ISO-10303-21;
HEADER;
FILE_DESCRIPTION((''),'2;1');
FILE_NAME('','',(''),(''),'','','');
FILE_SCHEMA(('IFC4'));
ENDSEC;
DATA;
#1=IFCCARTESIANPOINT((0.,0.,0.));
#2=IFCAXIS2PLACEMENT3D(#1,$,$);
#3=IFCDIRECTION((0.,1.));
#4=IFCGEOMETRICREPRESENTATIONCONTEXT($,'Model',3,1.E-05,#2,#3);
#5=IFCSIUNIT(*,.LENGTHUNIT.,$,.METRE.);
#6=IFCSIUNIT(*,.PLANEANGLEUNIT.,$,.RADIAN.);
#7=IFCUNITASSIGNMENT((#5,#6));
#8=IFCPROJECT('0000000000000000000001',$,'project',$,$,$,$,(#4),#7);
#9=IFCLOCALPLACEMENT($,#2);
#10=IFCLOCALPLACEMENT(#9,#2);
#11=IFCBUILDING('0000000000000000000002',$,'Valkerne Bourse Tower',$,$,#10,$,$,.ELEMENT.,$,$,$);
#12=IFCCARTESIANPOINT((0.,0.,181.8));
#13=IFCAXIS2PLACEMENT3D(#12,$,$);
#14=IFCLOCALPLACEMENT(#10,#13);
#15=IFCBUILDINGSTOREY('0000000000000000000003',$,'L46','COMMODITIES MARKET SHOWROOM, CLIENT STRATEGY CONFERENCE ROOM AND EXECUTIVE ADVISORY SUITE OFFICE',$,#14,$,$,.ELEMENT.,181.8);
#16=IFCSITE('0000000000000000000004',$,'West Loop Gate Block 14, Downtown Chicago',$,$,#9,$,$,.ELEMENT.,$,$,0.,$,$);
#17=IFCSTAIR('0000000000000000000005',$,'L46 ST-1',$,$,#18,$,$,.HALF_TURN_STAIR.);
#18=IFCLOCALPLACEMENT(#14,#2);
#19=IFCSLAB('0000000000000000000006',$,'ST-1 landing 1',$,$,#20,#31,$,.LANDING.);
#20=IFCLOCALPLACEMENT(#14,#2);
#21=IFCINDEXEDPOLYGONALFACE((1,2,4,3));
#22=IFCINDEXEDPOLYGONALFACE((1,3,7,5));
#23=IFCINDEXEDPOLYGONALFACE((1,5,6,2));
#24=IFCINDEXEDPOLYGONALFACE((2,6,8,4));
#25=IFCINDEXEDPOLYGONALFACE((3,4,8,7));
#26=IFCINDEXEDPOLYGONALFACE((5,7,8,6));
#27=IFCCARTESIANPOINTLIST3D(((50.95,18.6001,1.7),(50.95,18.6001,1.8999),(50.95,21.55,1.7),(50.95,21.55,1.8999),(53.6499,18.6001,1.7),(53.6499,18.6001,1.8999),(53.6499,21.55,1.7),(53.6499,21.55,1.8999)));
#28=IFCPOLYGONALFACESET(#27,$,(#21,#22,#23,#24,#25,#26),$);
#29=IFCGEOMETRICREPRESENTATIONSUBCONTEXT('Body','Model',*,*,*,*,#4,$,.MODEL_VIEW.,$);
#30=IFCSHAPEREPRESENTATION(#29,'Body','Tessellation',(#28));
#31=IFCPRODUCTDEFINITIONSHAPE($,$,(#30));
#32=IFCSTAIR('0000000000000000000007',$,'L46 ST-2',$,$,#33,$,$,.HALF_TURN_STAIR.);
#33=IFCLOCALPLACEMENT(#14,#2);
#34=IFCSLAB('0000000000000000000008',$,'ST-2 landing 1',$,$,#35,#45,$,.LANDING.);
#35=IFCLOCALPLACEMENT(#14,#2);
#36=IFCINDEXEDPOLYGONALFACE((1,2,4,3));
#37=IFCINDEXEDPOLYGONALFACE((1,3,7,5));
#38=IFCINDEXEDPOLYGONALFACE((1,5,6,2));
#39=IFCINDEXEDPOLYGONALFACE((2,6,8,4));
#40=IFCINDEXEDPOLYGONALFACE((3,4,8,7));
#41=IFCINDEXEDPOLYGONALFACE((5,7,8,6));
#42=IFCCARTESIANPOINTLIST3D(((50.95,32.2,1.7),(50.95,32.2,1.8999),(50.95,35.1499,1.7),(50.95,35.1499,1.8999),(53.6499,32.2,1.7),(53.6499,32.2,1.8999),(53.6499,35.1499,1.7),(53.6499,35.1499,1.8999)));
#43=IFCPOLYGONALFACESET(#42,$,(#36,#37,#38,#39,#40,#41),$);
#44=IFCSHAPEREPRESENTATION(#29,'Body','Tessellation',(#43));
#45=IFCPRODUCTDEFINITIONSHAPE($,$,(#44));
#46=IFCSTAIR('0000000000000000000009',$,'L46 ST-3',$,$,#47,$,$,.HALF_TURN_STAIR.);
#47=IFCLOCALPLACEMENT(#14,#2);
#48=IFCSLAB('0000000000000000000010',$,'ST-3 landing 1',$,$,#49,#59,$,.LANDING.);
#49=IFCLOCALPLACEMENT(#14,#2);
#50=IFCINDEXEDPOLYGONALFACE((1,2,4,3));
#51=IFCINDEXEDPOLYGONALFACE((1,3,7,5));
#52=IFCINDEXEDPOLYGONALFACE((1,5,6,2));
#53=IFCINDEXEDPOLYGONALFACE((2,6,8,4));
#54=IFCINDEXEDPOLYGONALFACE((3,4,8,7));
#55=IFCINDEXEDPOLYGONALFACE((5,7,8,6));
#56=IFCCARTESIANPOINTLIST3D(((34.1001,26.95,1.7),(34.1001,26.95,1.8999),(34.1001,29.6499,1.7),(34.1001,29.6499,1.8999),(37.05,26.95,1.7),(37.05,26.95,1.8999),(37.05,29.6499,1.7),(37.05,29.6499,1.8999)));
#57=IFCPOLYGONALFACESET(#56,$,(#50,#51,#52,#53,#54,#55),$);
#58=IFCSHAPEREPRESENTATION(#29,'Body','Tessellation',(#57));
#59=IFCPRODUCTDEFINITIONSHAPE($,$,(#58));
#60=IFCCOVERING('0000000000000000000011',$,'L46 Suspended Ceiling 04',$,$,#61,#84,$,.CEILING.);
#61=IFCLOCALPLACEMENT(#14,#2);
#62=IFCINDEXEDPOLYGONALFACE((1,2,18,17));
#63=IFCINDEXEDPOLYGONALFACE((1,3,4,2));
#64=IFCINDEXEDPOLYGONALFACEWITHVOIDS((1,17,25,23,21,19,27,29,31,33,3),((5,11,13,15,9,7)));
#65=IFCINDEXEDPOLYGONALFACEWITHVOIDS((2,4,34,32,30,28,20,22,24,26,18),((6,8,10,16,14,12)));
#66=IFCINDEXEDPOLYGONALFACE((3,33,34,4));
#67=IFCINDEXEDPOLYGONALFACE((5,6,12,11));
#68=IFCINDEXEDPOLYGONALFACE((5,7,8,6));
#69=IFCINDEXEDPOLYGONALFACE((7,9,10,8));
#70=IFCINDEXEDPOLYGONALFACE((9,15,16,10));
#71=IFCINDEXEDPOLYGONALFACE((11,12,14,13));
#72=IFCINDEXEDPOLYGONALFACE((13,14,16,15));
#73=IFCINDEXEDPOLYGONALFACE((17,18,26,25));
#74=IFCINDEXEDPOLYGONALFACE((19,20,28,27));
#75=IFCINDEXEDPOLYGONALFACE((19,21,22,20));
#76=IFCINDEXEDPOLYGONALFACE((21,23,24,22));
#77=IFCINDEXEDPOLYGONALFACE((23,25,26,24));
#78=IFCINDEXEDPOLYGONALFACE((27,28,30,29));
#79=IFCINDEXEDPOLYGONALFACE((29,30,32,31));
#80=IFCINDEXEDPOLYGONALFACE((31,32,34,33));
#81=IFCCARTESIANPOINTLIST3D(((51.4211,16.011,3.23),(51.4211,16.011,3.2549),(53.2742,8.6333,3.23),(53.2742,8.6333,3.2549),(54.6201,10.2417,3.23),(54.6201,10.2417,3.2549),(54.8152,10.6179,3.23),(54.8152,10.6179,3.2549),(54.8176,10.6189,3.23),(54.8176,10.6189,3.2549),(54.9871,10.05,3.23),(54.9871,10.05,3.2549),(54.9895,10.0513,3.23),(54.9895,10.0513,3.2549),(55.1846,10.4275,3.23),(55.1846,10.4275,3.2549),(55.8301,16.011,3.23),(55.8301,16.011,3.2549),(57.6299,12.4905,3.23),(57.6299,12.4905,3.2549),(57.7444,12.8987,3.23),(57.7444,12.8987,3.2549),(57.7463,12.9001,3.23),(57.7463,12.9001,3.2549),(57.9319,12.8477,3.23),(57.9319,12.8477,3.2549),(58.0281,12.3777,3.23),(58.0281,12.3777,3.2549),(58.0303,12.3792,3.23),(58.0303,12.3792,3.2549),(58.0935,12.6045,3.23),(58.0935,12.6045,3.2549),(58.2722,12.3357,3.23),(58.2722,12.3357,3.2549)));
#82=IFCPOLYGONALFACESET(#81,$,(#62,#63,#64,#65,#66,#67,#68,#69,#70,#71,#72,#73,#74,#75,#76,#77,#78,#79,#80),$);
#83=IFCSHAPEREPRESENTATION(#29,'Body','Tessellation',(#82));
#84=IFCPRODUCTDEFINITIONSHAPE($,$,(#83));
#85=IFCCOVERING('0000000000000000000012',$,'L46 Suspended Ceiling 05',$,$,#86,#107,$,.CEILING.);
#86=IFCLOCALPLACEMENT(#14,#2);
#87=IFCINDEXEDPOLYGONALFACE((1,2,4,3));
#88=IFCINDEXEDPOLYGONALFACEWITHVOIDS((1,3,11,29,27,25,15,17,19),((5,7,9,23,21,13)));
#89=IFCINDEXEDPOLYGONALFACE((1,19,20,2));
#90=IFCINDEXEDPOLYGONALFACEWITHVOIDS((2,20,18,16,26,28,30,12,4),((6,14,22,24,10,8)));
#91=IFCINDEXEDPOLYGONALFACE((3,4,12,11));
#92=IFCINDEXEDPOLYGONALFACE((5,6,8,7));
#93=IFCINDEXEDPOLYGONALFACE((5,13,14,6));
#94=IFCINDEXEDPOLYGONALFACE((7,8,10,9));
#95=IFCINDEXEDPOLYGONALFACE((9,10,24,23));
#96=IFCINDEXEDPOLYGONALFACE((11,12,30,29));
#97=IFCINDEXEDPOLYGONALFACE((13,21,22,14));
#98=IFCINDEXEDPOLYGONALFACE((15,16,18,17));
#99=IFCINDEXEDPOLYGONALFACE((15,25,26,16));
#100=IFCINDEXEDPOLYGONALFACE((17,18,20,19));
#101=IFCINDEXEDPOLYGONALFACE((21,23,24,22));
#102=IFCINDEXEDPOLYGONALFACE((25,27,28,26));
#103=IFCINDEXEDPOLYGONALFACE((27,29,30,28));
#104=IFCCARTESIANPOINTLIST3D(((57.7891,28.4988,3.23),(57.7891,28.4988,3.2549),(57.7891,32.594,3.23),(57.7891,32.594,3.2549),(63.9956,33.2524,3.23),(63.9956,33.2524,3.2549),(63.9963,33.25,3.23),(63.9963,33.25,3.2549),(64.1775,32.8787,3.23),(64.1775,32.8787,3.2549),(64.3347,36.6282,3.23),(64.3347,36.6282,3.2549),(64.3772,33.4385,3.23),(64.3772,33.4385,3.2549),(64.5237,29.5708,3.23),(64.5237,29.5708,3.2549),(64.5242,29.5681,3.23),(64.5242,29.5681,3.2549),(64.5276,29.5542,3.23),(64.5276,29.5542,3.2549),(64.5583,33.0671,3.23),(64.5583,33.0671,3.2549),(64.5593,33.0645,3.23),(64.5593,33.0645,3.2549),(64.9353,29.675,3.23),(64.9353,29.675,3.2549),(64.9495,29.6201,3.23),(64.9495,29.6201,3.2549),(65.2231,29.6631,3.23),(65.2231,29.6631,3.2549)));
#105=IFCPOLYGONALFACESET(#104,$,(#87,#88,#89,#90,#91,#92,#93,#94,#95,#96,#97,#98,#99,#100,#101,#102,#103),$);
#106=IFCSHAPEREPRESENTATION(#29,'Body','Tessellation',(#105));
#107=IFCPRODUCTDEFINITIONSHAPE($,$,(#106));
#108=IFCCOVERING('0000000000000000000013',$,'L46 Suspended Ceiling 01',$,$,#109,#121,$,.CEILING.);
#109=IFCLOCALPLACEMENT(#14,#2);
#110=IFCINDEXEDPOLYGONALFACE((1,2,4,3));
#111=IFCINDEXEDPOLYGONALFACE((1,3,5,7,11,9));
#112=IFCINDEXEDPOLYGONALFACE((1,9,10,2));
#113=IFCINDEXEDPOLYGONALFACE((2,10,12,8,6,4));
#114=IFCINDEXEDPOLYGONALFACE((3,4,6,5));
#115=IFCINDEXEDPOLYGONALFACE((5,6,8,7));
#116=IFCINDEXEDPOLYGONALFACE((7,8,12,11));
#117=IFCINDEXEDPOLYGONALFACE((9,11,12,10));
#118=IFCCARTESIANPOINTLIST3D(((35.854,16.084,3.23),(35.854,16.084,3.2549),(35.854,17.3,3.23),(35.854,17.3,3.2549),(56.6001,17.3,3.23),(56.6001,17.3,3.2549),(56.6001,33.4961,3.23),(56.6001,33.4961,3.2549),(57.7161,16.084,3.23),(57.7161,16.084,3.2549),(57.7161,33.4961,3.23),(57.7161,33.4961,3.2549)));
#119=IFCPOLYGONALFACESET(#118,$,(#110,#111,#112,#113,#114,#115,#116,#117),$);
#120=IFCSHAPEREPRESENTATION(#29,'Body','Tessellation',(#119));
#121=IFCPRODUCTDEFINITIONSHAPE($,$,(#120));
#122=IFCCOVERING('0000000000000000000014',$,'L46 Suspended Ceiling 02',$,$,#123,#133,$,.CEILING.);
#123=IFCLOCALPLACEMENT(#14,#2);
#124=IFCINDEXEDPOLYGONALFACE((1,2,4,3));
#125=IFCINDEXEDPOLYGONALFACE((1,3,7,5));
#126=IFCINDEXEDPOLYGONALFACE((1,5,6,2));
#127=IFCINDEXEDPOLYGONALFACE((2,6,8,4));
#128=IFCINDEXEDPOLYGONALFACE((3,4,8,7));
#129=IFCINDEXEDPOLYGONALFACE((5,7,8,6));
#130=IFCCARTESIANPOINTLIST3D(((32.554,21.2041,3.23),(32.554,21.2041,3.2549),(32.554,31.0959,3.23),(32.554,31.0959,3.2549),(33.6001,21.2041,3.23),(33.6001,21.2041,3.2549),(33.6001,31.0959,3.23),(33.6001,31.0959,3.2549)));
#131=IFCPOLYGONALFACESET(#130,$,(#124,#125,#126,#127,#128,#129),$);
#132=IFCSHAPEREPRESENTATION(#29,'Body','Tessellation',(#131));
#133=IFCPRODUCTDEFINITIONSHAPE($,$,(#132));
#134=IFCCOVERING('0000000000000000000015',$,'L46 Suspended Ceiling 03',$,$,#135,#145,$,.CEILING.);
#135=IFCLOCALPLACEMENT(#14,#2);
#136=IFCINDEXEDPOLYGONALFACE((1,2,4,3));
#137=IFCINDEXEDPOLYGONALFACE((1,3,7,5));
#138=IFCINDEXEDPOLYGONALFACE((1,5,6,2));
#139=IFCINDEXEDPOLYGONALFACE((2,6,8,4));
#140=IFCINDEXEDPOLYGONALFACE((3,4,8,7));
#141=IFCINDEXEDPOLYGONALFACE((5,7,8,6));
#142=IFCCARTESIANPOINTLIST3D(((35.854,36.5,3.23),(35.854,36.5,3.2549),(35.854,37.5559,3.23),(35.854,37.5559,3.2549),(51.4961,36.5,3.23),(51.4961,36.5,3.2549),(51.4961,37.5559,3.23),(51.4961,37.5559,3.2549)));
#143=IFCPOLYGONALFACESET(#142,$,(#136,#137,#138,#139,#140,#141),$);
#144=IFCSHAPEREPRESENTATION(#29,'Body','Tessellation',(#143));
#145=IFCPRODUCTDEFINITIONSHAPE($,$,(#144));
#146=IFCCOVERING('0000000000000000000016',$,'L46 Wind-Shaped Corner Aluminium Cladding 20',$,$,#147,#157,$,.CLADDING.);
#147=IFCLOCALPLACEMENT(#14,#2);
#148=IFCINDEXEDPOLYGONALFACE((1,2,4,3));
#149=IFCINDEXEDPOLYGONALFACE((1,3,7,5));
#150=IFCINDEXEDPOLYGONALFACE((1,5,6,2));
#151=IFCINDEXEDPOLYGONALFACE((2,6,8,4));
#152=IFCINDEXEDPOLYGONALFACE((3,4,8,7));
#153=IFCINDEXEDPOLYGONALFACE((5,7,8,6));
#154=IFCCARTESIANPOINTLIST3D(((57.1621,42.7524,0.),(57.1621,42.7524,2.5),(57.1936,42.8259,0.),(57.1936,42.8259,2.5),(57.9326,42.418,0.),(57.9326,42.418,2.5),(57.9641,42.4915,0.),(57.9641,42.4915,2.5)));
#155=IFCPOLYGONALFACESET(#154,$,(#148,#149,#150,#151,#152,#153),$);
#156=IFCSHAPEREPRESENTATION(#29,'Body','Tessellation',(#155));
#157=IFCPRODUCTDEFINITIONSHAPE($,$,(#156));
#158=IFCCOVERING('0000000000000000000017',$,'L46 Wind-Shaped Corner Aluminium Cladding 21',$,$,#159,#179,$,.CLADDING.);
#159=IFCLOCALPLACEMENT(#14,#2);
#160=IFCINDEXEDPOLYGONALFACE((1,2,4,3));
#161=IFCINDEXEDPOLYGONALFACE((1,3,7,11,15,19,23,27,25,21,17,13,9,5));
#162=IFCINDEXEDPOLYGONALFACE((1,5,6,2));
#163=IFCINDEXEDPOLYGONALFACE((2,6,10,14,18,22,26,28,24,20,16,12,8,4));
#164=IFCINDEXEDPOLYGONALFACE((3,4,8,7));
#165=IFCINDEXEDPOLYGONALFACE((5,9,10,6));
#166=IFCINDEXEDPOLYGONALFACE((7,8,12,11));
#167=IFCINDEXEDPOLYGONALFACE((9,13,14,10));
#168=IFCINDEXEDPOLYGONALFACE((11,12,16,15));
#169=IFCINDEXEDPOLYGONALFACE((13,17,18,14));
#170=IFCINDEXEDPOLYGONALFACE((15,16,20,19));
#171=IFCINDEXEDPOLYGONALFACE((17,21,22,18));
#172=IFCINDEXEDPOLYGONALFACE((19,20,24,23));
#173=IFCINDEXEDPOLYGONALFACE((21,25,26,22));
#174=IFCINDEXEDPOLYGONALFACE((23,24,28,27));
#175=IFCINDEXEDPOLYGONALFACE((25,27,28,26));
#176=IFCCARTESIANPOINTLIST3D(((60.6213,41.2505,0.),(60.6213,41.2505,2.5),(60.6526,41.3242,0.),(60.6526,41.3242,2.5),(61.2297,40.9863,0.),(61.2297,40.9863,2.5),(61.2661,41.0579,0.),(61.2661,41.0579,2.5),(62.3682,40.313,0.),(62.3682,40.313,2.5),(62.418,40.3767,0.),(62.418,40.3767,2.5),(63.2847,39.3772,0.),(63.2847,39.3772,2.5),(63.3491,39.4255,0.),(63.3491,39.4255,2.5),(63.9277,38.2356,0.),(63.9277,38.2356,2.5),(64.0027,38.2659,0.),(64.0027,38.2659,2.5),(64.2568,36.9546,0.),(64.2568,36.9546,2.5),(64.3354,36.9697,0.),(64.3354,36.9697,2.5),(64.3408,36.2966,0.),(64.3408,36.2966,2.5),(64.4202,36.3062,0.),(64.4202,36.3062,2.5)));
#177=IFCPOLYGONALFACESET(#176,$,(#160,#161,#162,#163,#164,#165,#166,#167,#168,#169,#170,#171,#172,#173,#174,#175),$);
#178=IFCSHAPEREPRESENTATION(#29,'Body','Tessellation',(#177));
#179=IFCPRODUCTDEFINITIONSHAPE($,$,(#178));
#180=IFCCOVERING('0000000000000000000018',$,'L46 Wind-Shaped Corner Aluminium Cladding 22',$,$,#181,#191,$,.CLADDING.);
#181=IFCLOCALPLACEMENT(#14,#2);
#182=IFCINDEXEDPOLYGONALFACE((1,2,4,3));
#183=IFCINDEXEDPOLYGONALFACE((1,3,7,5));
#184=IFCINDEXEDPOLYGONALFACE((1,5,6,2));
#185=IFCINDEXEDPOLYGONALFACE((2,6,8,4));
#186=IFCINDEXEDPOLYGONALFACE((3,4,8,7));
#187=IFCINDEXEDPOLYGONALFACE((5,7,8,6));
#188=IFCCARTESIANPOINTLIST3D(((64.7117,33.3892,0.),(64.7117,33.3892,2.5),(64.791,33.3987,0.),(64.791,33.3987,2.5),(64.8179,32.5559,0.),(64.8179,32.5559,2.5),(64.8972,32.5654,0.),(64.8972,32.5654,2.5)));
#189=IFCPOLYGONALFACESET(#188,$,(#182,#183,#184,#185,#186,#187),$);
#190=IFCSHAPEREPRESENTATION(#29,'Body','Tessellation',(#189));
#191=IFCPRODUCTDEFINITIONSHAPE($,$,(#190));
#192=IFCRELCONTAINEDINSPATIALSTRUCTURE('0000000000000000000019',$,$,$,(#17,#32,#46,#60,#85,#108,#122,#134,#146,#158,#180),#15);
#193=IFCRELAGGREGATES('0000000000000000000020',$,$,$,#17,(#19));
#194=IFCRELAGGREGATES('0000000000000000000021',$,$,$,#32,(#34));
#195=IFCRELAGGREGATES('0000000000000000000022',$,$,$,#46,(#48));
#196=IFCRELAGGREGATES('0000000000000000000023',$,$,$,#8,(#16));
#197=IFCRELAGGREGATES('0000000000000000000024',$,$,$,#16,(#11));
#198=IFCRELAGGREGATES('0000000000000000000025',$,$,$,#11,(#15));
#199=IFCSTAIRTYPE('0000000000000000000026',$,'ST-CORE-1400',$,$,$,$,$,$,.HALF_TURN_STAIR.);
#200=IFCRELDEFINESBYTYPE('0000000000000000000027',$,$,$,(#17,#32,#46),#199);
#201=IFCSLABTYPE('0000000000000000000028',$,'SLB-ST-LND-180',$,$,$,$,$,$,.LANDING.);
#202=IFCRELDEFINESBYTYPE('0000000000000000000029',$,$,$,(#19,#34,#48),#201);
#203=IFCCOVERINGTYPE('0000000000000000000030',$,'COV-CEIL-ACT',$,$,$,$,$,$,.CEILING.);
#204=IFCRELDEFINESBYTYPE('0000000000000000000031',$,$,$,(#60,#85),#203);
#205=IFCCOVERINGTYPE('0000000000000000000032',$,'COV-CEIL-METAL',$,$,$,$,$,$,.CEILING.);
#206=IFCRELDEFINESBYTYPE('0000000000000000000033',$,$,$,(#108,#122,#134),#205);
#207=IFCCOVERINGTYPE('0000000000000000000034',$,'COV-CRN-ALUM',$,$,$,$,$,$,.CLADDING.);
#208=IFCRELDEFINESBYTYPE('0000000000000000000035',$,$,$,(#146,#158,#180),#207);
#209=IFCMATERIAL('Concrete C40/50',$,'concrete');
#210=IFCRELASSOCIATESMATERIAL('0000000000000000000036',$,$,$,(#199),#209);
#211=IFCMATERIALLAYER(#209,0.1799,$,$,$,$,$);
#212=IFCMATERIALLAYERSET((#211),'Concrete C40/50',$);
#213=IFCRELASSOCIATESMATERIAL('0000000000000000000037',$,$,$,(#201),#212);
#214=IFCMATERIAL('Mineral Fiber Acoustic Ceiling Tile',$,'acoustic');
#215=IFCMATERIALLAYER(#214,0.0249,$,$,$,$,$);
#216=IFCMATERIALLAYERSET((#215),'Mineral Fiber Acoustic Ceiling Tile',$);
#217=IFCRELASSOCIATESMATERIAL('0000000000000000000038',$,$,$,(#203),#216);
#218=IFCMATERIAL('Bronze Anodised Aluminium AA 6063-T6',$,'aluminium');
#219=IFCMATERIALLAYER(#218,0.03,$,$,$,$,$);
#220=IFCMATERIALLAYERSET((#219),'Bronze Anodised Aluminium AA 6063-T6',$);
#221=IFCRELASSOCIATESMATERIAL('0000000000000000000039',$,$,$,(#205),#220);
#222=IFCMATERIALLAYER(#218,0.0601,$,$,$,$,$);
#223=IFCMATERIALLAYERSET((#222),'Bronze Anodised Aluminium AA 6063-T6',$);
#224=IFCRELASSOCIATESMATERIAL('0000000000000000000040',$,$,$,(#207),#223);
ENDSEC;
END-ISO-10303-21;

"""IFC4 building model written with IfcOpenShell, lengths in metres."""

from ifc_helpers import new_model, si_unit, direction, frame, origin, place, context, subcontext, project, spatial, polyline, outline, extrude, material, layer, layer_set, type_object, element, aggregate, save


model = new_model("IFC4")

# Units and contexts
model_context = context("Model", 3, precision=1e-05, world=origin(), true_north=direction((0.0, 1.0)))
body_context = subcontext(model_context, "Body", "Model", "MODEL_VIEW")
ifc_project = project(units=[si_unit("LENGTHUNIT", "METRE"), si_unit("PLANEANGLEUNIT", "RADIAN")], contexts=[model_context])

# Site, building, storey
site_placement = place(None, origin())
site = spatial("IfcSite", under=ifc_project, at=site_placement, Name="West Loop Gate Block 14, Downtown Chicago", CompositionType="ELEMENT", RefElevation=0.0)
building_placement = place(site_placement, origin())
building = spatial("IfcBuilding", under=site, at=building_placement, Name="Valkerne Bourse Tower", CompositionType="ELEMENT")
storey_placement = place(building_placement, frame((0.0, 0.0, 181.8)))
storey = spatial("IfcBuildingStorey", under=building, at=storey_placement, Name="L46", Description="COMMODITIES MARKET SHOWROOM, CLIENT STRATEGY CONFERENCE ROOM AND EXECUTIVE ADVISORY SUITE OFFICE", CompositionType="ELEMENT", Elevation=181.8)

# Stairs, slabs
ifc_material_1 = material(Name="Concrete C40/50", Category="concrete")
stair_type = type_object("IfcStairType", Name="ST-CORE-1400", PredefinedType="HALF_TURN_STAIR", material=ifc_material_1)
stair_1_placement = place(storey_placement, origin())
stair_1 = element("IfcStair", 1, at=stair_1_placement, inside=storey, type_object=stair_type, Name="L46 ST-1", PredefinedType="HALF_TURN_STAIR")
ifc_layer_1 = layer(ifc_material_1, 0.1799)
ifc_layer_set_1 = layer_set([ifc_layer_1], Name="Concrete C40/50")
slab_type = type_object("IfcSlabType", Name="SLB-ST-LND-180", PredefinedType="LANDING", material=ifc_layer_set_1)
slab_1_placement = place(storey_placement, frame((0.0, 0.0, 1.7)))
slab_1 = element("IfcSlab", 2, at=slab_1_placement, type_object=slab_type, Name="ST-1 landing 1", PredefinedType="LANDING", context=body_context, shape_type="SweptSolid", body=[
    extrude(outline(polyline([(50.95, 18.6001), (53.6499, 18.6001), (53.6499, 21.55), (50.95, 21.55), (50.95, 18.6001)])), origin(), (0.0, 0.0, 1.0), 0.2),
])
aggregate(stair_1, [slab_1])
stair_2_placement = place(storey_placement, origin())
stair_2 = element("IfcStair", 3, at=stair_2_placement, inside=storey, type_object=stair_type, Name="L46 ST-2", PredefinedType="HALF_TURN_STAIR")
slab_2_placement = place(storey_placement, frame((0.0, 0.0, 1.7)))
slab_2 = element("IfcSlab", 4, at=slab_2_placement, type_object=slab_type, Name="ST-2 landing 1", PredefinedType="LANDING", context=body_context, shape_type="SweptSolid", body=[
    extrude(outline(polyline([(50.95, 32.2), (53.6499, 32.2), (53.6499, 35.1499), (50.95, 35.1499), (50.95, 32.2)])), origin(), (0.0, 0.0, 1.0), 0.2),
])
aggregate(stair_2, [slab_2])
stair_3_placement = place(storey_placement, origin())
stair_3 = element("IfcStair", 5, at=stair_3_placement, inside=storey, type_object=stair_type, Name="L46 ST-3", PredefinedType="HALF_TURN_STAIR")
slab_3_placement = place(storey_placement, frame((0.0, 0.0, 1.7)))
slab_3 = element("IfcSlab", 6, at=slab_3_placement, type_object=slab_type, Name="ST-3 landing 1", PredefinedType="LANDING", context=body_context, shape_type="SweptSolid", body=[
    extrude(outline(polyline([(37.05, 26.95), (37.05, 29.6499), (34.1001, 29.6499), (34.1001, 26.95), (37.05, 26.95)])), origin(), (0.0, 0.0, 1.0), 0.2),
])
aggregate(stair_3, [slab_3])

# Coverings
ifc_material_2 = material(Name="Mineral Fiber Acoustic Ceiling Tile", Category="acoustic")
ifc_layer_2 = layer(ifc_material_2, 0.0249)
ifc_layer_set_2 = layer_set([ifc_layer_2], Name="Mineral Fiber Acoustic Ceiling Tile")
covering_type_1 = type_object("IfcCoveringType", Name="COV-CEIL-ACT", PredefinedType="CEILING", material=ifc_layer_set_2)
covering_1_placement = place(storey_placement, frame((0.0, 0.0, 3.23)))
element("IfcCovering", 7, at=covering_1_placement, inside=storey, type_object=covering_type_1, Name="L46 Suspended Ceiling 04", PredefinedType="CEILING", context=body_context, shape_type="SweptSolid", body=[
    extrude(outline(polyline([(55.8301, 16.011), (57.9319, 12.8477), (57.7463, 12.9001), (57.7444, 12.8987), (57.6299, 12.4905), (58.0281, 12.3777), (58.0303, 12.3792), (58.0935, 12.6045), (58.2722, 12.3357), (53.2742, 8.6333), (51.4211, 16.011), (55.8301, 16.011)]), holes=[polyline([(54.9895, 10.0513), (55.1846, 10.4275), (54.8176, 10.6189), (54.8152, 10.6179), (54.6201, 10.2417), (54.9871, 10.05), (54.9895, 10.0513)])]), origin(), (0.0, 0.0, 1.0), 0.0249),
])
covering_2_placement = place(storey_placement, frame((0.0, 0.0, 3.23)))
element("IfcCovering", 8, at=covering_2_placement, inside=storey, type_object=covering_type_1, Name="L46 Suspended Ceiling 05", PredefinedType="CEILING", context=body_context, shape_type="SweptSolid", body=[
    extrude(outline(polyline([(57.7891, 32.594), (64.3347, 36.6282), (65.2231, 29.6631), (64.9495, 29.6201), (64.9353, 29.675), (64.5237, 29.5708), (64.5242, 29.5681), (64.5276, 29.5542), (57.7891, 28.4988), (57.7891, 32.594)]), holes=[polyline([(64.5593, 33.0645), (64.5583, 33.0671), (64.3772, 33.4385), (63.9956, 33.2524), (63.9963, 33.25), (64.1775, 32.8787), (64.5593, 33.0645)])]), origin(), (0.0, 0.0, 1.0), 0.0249),
])
ifc_material_3 = material(Name="Bronze Anodised Aluminium AA 6063-T6", Category="aluminium")
ifc_layer_3 = layer(ifc_material_3, 0.03)
ifc_layer_set_3 = layer_set([ifc_layer_3], Name="Bronze Anodised Aluminium AA 6063-T6")
covering_type_2 = type_object("IfcCoveringType", Name="COV-CEIL-METAL", PredefinedType="CEILING", material=ifc_layer_set_3)
covering_3_placement = place(storey_placement, frame((0.0, 0.0, 3.23)))
element("IfcCovering", 9, at=covering_3_placement, inside=storey, type_object=covering_type_2, Name="L46 Suspended Ceiling 01", PredefinedType="CEILING", context=body_context, shape_type="SweptSolid", body=[
    extrude(outline(polyline([(35.854, 17.3), (56.6001, 17.3), (56.6001, 33.4961), (57.7161, 33.4961), (57.7161, 16.084), (35.854, 16.084), (35.854, 17.3)])), origin(), (0.0, 0.0, 1.0), 0.0249),
])
covering_4_placement = place(storey_placement, frame((0.0, 0.0, 3.23)))
element("IfcCovering", 10, at=covering_4_placement, inside=storey, type_object=covering_type_2, Name="L46 Suspended Ceiling 02", PredefinedType="CEILING", context=body_context, shape_type="SweptSolid", body=[
    extrude(outline(polyline([(32.554, 21.2041), (32.554, 31.0959), (33.6001, 31.0959), (33.6001, 21.2041), (32.554, 21.2041)])), origin(), (0.0, 0.0, 1.0), 0.0249),
])
covering_5_placement = place(storey_placement, frame((0.0, 0.0, 3.23)))
element("IfcCovering", 11, at=covering_5_placement, inside=storey, type_object=covering_type_2, Name="L46 Suspended Ceiling 03", PredefinedType="CEILING", context=body_context, shape_type="SweptSolid", body=[
    extrude(outline(polyline([(35.854, 37.5559), (51.4961, 37.5559), (51.4961, 36.5), (35.854, 36.5), (35.854, 37.5559)])), origin(), (0.0, 0.0, 1.0), 0.0249),
])
ifc_layer_4 = layer(ifc_material_3, 0.0601)
ifc_layer_set_4 = layer_set([ifc_layer_4], Name="Bronze Anodised Aluminium AA 6063-T6")
covering_type_3 = type_object("IfcCoveringType", Name="COV-CRN-ALUM", PredefinedType="CLADDING", material=ifc_layer_set_4)
covering_6_placement = place(storey_placement, origin())
element("IfcCovering", 12, at=covering_6_placement, inside=storey, type_object=covering_type_3, Name="L46 Wind-Shaped Corner Aluminium Cladding 20", PredefinedType="CLADDING", context=body_context, shape_type="SweptSolid", body=[
    extrude(outline(polyline([(57.9641, 42.4915), (57.9326, 42.418), (57.1621, 42.7524), (57.1936, 42.8259), (57.9641, 42.4915)])), origin(), (0.0, 0.0, 1.0), 2.5),
])
covering_7_placement = place(storey_placement, origin())
element("IfcCovering", 13, at=covering_7_placement, inside=storey, type_object=covering_type_3, Name="L46 Wind-Shaped Corner Aluminium Cladding 21", PredefinedType="CLADDING", context=body_context, shape_type="SweptSolid", body=[
    extrude(outline(polyline([(61.2661, 41.0579), (62.418, 40.3767), (63.3491, 39.4255), (64.0027, 38.2659), (64.3354, 36.9697), (64.4202, 36.3062), (64.3408, 36.2966), (64.2568, 36.9546), (63.9277, 38.2356), (63.2847, 39.3772), (62.3682, 40.313), (61.2297, 40.9863), (60.6213, 41.2505), (60.6526, 41.3242), (61.2661, 41.0579)])), origin(), (0.0, 0.0, 1.0), 2.5),
])
covering_8_placement = place(storey_placement, origin())
element("IfcCovering", 14, at=covering_8_placement, inside=storey, type_object=covering_type_3, Name="L46 Wind-Shaped Corner Aluminium Cladding 22", PredefinedType="CLADDING", context=body_context, shape_type="SweptSolid", body=[
    extrude(outline(polyline([(64.8972, 32.5654), (64.8179, 32.5559), (64.7117, 33.3892), (64.791, 33.3987), (64.8972, 32.5654)])), origin(), (0.0, 0.0, 1.0), 2.5),
])

save(model, "model.ifc")
